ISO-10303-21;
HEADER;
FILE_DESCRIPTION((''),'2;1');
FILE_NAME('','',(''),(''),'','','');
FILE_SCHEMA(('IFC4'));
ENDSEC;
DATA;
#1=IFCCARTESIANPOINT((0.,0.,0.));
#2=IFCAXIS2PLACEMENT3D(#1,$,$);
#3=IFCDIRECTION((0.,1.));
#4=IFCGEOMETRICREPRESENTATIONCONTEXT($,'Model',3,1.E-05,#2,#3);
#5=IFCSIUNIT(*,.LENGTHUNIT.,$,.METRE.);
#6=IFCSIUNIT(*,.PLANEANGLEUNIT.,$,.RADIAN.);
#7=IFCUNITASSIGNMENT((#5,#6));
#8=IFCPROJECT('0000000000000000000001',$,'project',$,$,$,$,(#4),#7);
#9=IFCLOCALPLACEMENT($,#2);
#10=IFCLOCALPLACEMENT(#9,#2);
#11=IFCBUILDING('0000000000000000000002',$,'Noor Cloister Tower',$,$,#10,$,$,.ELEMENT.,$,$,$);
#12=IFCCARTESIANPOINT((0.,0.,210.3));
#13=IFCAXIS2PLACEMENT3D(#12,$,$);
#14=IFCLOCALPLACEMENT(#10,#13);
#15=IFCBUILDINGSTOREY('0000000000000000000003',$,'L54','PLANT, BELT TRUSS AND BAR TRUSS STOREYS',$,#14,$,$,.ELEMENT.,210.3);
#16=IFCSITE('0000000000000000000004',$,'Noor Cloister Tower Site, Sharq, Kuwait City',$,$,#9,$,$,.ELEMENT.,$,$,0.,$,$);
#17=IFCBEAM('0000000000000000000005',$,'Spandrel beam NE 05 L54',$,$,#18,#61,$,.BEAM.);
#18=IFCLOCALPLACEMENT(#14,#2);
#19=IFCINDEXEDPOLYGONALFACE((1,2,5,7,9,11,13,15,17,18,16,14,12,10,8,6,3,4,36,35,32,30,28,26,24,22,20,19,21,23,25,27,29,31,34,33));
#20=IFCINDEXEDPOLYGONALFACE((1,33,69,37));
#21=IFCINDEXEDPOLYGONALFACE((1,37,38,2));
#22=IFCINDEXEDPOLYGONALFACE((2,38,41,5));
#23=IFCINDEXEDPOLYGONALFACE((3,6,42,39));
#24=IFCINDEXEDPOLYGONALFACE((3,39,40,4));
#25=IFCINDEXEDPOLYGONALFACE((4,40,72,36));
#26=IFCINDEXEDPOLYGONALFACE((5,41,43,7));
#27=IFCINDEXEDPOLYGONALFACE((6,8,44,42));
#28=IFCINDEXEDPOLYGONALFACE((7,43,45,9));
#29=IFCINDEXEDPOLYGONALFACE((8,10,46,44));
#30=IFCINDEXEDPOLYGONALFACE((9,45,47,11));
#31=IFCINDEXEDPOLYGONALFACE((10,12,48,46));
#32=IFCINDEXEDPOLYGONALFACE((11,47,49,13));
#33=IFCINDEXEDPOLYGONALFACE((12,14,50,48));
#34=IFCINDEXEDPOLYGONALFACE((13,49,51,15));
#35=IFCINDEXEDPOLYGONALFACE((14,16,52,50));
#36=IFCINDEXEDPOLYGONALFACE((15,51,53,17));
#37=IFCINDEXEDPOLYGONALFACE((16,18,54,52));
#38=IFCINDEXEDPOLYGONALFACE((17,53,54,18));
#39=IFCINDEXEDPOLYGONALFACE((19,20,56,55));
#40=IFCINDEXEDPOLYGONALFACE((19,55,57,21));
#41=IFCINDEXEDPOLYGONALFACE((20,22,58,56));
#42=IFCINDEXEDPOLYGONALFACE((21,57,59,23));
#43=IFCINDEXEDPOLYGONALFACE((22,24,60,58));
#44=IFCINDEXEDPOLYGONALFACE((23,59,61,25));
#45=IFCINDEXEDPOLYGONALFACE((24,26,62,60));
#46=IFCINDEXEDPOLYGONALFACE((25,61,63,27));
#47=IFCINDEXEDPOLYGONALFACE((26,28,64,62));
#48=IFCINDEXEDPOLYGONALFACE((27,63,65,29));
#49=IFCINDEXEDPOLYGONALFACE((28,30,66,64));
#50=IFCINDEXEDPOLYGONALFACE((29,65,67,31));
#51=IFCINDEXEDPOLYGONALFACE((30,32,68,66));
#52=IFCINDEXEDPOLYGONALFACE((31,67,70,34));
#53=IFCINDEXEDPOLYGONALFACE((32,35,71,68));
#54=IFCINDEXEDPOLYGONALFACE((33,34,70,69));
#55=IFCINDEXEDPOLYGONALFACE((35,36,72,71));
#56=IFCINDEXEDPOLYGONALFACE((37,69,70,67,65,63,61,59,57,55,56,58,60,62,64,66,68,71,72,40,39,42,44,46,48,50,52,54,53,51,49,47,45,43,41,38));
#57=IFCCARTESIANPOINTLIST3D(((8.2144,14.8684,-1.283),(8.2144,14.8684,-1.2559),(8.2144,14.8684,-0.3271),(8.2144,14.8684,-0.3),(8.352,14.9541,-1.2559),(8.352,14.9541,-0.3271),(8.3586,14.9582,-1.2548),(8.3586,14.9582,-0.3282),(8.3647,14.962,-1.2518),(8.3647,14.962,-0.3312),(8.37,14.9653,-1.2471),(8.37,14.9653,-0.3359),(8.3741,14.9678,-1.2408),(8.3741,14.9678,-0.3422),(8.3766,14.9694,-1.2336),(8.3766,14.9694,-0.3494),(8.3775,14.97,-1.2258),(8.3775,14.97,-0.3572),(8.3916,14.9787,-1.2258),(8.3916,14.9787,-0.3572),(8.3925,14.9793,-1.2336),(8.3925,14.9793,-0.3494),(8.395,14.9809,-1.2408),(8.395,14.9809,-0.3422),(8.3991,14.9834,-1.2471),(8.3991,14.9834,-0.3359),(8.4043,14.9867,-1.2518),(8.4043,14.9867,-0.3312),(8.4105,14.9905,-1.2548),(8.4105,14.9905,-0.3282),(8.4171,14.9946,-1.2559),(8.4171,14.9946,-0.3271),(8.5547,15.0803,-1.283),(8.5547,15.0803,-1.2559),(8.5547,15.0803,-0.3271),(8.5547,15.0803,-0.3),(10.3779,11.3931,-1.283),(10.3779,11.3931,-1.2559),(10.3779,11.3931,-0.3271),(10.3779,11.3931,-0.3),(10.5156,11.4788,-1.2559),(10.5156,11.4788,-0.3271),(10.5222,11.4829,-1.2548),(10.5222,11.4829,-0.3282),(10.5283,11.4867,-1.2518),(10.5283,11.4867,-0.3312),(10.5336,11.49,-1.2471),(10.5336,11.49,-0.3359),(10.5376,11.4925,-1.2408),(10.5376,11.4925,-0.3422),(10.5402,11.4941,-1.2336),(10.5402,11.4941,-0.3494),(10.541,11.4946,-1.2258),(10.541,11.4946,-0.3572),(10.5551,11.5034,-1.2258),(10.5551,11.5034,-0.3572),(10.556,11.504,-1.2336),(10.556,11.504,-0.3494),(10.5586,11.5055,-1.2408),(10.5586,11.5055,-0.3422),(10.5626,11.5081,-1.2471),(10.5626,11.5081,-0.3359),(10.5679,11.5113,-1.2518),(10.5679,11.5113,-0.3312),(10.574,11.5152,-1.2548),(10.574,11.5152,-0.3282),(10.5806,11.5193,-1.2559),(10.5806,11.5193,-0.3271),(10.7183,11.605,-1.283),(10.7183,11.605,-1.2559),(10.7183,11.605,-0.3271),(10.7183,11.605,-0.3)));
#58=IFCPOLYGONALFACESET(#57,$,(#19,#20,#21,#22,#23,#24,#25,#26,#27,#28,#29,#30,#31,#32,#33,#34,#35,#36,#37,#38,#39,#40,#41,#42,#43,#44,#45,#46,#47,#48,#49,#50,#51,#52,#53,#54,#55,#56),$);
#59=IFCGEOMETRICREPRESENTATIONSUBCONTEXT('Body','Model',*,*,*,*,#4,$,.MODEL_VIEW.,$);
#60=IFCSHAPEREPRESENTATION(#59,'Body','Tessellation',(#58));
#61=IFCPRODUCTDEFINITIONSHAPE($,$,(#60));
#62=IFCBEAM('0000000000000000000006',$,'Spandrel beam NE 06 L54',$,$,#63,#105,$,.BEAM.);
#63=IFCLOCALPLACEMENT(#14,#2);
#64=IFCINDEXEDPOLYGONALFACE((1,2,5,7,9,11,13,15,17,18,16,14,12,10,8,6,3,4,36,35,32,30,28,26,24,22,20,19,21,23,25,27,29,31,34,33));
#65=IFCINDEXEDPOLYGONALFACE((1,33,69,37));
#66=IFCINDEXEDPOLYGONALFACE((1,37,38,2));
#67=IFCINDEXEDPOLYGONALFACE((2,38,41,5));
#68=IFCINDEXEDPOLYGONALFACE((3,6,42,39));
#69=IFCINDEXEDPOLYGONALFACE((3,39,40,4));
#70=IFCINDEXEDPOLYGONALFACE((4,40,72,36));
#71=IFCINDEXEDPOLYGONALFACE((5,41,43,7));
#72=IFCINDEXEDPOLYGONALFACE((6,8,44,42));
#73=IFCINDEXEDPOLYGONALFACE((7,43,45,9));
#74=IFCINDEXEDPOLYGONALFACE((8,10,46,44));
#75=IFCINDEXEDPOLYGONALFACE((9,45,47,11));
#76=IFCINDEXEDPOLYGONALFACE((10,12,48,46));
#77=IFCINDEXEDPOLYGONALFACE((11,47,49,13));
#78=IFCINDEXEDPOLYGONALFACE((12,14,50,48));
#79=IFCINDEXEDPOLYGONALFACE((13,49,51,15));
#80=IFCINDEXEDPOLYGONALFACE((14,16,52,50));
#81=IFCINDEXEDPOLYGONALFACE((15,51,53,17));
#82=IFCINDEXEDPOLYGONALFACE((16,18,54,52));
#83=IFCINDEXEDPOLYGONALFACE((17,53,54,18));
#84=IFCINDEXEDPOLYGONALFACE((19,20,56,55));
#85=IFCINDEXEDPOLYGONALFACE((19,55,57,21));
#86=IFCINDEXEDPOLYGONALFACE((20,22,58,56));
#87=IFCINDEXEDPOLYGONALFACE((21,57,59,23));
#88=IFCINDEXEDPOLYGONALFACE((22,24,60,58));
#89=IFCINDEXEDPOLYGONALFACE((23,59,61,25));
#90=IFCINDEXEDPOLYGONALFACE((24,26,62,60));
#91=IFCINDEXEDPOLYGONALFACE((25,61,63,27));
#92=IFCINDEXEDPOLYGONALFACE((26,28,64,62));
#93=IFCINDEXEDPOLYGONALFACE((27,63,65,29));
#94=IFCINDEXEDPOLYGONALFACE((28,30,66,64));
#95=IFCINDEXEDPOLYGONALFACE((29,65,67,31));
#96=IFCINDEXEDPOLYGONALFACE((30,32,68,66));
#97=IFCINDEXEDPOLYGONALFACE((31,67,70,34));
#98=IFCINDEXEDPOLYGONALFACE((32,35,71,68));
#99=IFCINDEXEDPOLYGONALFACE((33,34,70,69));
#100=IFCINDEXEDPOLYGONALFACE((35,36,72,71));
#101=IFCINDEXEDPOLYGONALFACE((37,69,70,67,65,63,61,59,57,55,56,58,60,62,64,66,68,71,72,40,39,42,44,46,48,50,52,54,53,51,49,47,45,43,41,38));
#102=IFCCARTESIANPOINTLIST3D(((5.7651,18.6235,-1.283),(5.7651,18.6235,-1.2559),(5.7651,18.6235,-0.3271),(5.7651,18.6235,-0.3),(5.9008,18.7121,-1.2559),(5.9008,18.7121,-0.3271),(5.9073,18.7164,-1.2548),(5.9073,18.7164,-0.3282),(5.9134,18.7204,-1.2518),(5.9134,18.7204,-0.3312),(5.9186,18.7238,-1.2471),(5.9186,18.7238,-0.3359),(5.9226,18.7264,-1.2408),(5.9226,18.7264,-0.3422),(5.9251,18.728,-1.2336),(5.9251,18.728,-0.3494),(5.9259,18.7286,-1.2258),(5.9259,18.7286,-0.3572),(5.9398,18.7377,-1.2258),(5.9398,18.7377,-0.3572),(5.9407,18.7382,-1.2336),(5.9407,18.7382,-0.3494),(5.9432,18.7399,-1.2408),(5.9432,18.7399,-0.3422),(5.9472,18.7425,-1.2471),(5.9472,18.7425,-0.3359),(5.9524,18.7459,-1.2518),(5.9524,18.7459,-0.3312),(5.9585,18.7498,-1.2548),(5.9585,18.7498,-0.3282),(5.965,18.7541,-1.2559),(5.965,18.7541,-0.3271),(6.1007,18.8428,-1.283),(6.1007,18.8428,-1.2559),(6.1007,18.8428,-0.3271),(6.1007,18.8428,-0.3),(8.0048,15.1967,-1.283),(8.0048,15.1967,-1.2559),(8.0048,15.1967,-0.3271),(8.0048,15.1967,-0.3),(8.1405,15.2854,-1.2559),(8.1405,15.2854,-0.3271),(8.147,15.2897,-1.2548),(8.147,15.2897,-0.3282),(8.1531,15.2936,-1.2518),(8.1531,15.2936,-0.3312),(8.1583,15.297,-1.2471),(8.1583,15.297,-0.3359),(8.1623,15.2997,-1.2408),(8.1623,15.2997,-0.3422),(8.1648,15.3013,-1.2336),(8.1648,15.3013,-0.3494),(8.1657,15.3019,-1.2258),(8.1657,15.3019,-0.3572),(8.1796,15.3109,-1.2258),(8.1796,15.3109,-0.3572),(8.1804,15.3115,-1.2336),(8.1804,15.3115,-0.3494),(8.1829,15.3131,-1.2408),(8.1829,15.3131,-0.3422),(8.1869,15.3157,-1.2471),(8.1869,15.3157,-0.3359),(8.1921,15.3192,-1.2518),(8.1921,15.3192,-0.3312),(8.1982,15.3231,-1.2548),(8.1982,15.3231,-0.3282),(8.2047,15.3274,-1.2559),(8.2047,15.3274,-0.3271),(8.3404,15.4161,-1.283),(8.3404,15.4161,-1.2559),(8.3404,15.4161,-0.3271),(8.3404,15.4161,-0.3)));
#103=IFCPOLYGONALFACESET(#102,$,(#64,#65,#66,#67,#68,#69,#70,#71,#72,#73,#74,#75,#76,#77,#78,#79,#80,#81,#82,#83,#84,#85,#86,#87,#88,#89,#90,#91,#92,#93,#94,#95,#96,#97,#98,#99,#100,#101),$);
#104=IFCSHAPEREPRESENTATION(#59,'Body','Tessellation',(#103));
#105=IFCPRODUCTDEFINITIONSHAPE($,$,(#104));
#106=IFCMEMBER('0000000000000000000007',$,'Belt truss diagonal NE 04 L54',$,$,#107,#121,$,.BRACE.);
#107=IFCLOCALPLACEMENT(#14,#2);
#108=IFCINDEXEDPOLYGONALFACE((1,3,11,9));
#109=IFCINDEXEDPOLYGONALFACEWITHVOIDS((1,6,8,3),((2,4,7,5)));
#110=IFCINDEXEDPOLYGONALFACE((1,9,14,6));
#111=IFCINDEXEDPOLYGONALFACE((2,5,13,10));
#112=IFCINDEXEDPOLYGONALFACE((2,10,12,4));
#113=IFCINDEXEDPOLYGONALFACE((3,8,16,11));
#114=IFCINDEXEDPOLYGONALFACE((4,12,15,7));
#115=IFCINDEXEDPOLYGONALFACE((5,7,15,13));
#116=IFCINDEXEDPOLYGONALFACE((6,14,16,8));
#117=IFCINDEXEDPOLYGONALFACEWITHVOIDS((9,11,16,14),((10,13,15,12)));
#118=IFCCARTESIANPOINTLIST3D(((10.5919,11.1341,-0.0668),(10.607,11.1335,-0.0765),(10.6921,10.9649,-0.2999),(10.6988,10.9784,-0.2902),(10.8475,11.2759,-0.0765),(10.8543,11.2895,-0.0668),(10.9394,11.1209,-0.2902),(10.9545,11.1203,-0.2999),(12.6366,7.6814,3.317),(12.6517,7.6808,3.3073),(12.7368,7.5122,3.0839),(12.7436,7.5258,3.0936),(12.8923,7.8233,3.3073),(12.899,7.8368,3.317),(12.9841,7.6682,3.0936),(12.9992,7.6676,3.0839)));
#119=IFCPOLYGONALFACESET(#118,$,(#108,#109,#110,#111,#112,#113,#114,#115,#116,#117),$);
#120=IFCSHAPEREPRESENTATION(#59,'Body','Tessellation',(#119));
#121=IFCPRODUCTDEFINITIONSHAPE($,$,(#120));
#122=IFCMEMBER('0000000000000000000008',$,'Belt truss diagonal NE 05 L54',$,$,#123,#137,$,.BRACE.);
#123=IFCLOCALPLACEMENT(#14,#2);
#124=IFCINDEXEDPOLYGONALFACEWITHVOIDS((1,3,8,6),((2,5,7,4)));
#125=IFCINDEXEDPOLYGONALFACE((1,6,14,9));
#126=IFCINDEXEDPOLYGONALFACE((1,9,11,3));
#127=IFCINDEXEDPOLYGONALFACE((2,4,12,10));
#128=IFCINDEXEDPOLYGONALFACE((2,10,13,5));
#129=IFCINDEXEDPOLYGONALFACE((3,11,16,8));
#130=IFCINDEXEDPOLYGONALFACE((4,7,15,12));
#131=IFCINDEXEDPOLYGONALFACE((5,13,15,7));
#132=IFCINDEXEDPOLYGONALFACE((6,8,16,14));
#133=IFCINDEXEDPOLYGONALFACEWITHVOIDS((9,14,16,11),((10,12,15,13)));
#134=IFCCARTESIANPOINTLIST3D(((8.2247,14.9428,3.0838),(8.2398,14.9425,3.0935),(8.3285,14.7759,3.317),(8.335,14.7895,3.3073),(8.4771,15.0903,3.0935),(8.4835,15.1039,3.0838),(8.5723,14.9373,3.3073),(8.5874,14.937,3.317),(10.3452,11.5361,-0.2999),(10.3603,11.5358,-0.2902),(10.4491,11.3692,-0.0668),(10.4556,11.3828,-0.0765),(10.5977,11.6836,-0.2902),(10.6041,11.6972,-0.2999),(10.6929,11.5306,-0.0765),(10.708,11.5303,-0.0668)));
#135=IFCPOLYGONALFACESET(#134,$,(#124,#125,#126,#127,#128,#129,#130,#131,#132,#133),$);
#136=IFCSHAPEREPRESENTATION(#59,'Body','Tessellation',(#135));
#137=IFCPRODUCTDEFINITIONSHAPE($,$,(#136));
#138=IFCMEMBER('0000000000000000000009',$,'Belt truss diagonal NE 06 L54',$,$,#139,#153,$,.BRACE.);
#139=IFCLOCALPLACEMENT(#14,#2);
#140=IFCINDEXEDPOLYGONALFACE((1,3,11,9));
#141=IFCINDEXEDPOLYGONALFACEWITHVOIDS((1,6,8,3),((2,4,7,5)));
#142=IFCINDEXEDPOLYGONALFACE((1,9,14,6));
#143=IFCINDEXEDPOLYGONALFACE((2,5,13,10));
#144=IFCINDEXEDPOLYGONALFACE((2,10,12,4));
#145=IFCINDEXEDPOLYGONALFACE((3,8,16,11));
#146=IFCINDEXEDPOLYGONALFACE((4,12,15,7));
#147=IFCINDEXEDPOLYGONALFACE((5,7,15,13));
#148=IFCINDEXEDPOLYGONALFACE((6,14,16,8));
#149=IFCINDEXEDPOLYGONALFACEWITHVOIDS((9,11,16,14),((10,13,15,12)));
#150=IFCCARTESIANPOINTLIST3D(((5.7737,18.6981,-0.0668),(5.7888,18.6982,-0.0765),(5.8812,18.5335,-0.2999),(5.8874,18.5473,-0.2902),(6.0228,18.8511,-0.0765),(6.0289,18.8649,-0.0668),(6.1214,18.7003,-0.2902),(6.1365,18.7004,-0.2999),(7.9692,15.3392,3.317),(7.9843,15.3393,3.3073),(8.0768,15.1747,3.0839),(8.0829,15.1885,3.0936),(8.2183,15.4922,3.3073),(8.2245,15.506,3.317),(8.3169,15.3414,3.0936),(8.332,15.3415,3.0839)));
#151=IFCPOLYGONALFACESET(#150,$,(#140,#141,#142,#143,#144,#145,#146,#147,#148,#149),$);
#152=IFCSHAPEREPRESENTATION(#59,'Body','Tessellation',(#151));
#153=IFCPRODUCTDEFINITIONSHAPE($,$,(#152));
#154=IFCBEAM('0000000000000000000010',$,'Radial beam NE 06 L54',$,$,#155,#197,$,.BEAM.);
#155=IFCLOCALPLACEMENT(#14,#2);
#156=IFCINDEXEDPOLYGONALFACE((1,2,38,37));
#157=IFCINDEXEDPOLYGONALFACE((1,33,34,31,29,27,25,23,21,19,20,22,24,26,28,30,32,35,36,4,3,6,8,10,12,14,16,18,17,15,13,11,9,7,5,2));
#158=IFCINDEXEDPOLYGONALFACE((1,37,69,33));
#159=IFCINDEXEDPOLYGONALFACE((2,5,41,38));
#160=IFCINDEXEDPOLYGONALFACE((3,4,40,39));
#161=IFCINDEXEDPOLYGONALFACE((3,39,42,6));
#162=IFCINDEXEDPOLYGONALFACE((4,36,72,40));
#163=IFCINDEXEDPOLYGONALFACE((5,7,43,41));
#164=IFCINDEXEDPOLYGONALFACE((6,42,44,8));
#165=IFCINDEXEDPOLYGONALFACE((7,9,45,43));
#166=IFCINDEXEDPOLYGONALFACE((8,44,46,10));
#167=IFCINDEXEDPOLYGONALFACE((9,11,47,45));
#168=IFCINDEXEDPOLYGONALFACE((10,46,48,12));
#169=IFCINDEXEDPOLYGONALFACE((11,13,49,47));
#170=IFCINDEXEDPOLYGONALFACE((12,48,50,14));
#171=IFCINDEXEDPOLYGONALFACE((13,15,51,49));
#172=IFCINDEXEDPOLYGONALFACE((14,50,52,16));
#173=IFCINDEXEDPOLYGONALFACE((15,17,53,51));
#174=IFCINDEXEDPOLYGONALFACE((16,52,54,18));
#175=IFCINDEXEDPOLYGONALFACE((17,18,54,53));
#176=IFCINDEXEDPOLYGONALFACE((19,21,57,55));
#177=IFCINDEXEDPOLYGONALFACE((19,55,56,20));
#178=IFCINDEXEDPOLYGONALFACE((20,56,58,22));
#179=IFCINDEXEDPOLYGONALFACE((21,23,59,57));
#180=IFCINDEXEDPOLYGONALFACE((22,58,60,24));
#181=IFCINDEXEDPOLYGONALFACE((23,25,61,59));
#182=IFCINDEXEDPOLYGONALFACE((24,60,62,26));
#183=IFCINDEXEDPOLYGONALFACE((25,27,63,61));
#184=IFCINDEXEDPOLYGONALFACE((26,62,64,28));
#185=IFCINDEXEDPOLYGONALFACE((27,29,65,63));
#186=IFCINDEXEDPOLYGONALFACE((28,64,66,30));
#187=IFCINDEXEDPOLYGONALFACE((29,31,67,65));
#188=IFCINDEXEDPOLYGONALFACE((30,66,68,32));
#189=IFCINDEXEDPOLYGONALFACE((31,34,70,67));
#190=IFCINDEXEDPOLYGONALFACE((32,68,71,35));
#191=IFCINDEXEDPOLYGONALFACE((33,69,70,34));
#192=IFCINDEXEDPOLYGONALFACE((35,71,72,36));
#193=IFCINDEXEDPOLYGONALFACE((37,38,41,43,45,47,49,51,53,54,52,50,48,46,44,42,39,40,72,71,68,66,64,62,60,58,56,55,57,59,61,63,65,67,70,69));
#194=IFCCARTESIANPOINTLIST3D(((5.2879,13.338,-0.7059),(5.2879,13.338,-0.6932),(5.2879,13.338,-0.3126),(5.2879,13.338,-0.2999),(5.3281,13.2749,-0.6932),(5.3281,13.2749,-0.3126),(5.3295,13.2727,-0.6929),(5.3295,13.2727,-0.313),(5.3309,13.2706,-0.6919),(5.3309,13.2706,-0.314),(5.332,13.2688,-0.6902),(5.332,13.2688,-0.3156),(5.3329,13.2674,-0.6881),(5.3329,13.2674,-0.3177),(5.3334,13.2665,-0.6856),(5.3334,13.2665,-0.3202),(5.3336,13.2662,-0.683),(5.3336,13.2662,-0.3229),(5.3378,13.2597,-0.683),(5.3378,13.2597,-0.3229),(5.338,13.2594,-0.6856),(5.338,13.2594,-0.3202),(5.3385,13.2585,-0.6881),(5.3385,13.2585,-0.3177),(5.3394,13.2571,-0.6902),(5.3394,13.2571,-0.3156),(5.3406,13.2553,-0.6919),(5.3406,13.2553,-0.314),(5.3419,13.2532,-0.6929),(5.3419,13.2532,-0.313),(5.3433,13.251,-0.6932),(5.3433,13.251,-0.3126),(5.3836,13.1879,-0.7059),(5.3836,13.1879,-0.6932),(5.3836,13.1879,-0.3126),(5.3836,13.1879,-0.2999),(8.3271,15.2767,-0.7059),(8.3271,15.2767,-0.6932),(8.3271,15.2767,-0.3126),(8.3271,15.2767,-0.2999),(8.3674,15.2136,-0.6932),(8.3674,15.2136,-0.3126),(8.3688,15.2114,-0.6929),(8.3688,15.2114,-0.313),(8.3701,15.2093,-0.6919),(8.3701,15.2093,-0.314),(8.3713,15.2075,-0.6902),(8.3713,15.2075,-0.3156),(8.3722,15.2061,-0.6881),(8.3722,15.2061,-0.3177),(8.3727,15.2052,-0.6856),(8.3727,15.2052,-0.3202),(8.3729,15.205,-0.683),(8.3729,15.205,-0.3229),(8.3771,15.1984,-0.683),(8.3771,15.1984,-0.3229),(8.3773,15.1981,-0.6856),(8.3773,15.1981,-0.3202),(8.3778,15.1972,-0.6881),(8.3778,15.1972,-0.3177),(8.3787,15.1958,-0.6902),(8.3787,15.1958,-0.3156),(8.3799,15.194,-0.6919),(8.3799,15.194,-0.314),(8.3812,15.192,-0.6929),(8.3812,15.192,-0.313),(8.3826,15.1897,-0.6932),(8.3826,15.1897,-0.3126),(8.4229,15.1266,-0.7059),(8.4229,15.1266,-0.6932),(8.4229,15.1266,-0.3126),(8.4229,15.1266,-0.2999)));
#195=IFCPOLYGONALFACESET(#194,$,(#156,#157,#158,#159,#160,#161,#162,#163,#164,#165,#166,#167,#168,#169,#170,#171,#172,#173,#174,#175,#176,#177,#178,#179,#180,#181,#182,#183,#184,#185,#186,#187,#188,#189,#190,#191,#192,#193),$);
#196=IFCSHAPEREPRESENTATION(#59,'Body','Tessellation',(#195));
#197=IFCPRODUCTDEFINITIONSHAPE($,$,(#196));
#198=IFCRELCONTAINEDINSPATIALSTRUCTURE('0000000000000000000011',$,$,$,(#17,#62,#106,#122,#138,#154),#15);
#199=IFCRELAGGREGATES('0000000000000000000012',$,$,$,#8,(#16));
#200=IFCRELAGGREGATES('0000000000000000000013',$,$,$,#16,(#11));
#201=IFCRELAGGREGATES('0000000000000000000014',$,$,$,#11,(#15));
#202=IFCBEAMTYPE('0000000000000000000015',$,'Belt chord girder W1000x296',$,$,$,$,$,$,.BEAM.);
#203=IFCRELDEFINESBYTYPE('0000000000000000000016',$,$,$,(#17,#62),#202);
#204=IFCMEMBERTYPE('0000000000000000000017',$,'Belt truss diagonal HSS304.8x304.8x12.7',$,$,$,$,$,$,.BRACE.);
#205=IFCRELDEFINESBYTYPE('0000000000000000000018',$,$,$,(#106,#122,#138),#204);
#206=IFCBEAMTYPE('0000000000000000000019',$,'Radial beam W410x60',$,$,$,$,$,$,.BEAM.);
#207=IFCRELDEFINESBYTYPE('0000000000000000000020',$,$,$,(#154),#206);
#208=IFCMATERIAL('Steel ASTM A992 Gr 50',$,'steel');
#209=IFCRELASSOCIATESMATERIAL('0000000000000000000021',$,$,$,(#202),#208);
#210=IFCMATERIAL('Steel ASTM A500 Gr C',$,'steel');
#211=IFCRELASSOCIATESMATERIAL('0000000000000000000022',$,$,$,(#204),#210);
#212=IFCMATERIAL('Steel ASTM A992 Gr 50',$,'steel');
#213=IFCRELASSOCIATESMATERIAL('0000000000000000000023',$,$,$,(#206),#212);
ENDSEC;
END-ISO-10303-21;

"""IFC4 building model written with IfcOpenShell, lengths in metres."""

from ifc_helpers import new_model, si_unit, direction, frame, origin, origin_2d, place, context, subcontext, project, spatial, hollow_rectangle, i_section, extrude, material, material_profile, profile_set, type_object, element, save


model = new_model("IFC4")

# Units and contexts
model_context = context("Model", 3, precision=1e-05, world=origin(), true_north=direction((0.0, 1.0)))
body_context = subcontext(model_context, "Body", "Model", "MODEL_VIEW")
ifc_project = project(units=[si_unit("LENGTHUNIT", "METRE"), si_unit("PLANEANGLEUNIT", "RADIAN")], contexts=[model_context])

# Site, building, storey
site_placement = place(None, origin())
site = spatial("IfcSite", under=ifc_project, at=site_placement, Name="Noor Cloister Tower Site, Sharq, Kuwait City", CompositionType="ELEMENT", RefElevation=0.0)
building_placement = place(site_placement, origin())
building = spatial("IfcBuilding", under=site, at=building_placement, Name="Noor Cloister Tower", CompositionType="ELEMENT")
storey_placement = place(building_placement, frame((0.0, 0.0, 210.3)))
storey = spatial("IfcBuildingStorey", under=building, at=storey_placement, Name="L54", Description="PLANT, BELT TRUSS AND BAR TRUSS STOREYS", CompositionType="ELEMENT", Elevation=210.3)

# Beams
ifc_material_1 = material(Name="Steel ASTM A992 Gr 50", Category="steel")
ifc_material_profile_1 = material_profile(ifc_material_1, i_section(OverallWidth=0.4009, OverallDepth=0.9829, WebThickness=0.0166, FlangeThickness=0.0271, FilletRadius=0.03, at=origin_2d()), Name="W1000x296")
ifc_profile_set_1 = profile_set([ifc_material_profile_1], Name="Steel ASTM A992 Gr 50")
beam_type_1 = type_object("IfcBeamType", Name="Belt chord girder W1000x296", PredefinedType="BEAM", material=ifc_profile_set_1)
for number, where, z_axis, x_axis, name in (
    (1, (10.5481, 11.499, -0.7915), (-0.528503, 0.848932, 0.0), (-0.848932, -0.528503, 0.0), "Spandrel beam NE 05 L54"),
    (2, (8.1726, 15.3064, -0.7915), (-0.547108, 0.837062, 0.0), (-0.837062, -0.547108, 0.0), "Spandrel beam NE 06 L54"),
):
    element("IfcBeam", number, at=place(storey_placement, frame(where, z_axis=z_axis, x_axis=x_axis)), inside=storey, type_object=beam_type_1, Name=name, PredefinedType="BEAM", context=body_context, shape_type="SweptSolid", body=[
        extrude(i_section(OverallWidth=0.4009, OverallDepth=0.9829, WebThickness=0.0166, FlangeThickness=0.0271, FilletRadius=0.03, at=origin_2d()), origin(), (0.0, 0.0, 1.0), 4.0938),
    ])

# Members
ifc_material_2 = material(Name="Steel ASTM A500 Gr C", Category="steel")
ifc_material_profile_2 = material_profile(ifc_material_2, hollow_rectangle(XDim=0.3049, YDim=0.3049, WallThickness=0.0127, at=origin_2d()), Name="HSS304.8x304.8x12.7")
ifc_profile_set_2 = profile_set([ifc_material_profile_2], Name="Steel ASTM A500 Gr C")
member_type = type_object("IfcMemberType", Name="Belt truss diagonal HSS304.8x304.8x12.7", PredefinedType="BRACE", material=ifc_profile_set_2)
for number, where, z_axis, x_axis, name in (
    (3, (10.7732, 11.1272, -0.1833), (0.389541, -0.657777, 0.644661), (0.860437, 0.509557, 0.0), "Belt truss diagonal NE 04 L54"),
    (4, (10.5266, 11.5332, -0.1833), (-0.403995, 0.649016, 0.644644), (-0.848961, -0.528456, 0.0), "Belt truss diagonal NE 05 L54"),
    (5, (5.9551, 18.6992, -0.1833), (0.418276, -0.639903, 0.644647), (0.837042, 0.547138, 0.0), "Belt truss diagonal NE 06 L54"),
):
    element("IfcMember", number, at=place(storey_placement, frame(where, z_axis=z_axis, x_axis=x_axis)), inside=storey, type_object=member_type, Name=name, PredefinedType="BRACE", context=body_context, shape_type="SweptSolid", body=[
        extrude(hollow_rectangle(XDim=0.3049, YDim=0.3049, WallThickness=0.0127, at=origin_2d()), origin(), (0.0, 0.0, 1.0), 5.249),
    ])

# Beam
ifc_material_3 = material(Name="Steel ASTM A992 Gr 50", Category="steel")
ifc_material_profile_3 = material_profile(ifc_material_3, i_section(OverallWidth=0.178, OverallDepth=0.406, WebThickness=0.0078, FlangeThickness=0.0127, FilletRadius=0.0103, at=origin_2d()), Name="W410x60")
ifc_profile_set_3 = profile_set([ifc_material_profile_3], Name="Steel ASTM A992 Gr 50")
beam_type_2 = type_object("IfcBeamType", Name="Radial beam W410x60", PredefinedType="BEAM", material=ifc_profile_set_3)
beam_1_placement = place(storey_placement, frame((8.375, 15.2017, -0.5029), z_axis=(-0.843081, -0.537787, 0.0), x_axis=(0.537787, -0.843081, 0.0)))
element("IfcBeam", 6, at=beam_1_placement, inside=storey, type_object=beam_type_2, Name="Radial beam NE 06 L54", PredefinedType="BEAM", context=body_context, shape_type="SweptSolid", body=[
    extrude(i_section(OverallWidth=0.178, OverallDepth=0.406, WebThickness=0.0078, FlangeThickness=0.0127, FilletRadius=0.0103, at=origin_2d()), origin(), (0.0, 0.0, 1.0), 3.605),
])

save(model, "model.ifc")
